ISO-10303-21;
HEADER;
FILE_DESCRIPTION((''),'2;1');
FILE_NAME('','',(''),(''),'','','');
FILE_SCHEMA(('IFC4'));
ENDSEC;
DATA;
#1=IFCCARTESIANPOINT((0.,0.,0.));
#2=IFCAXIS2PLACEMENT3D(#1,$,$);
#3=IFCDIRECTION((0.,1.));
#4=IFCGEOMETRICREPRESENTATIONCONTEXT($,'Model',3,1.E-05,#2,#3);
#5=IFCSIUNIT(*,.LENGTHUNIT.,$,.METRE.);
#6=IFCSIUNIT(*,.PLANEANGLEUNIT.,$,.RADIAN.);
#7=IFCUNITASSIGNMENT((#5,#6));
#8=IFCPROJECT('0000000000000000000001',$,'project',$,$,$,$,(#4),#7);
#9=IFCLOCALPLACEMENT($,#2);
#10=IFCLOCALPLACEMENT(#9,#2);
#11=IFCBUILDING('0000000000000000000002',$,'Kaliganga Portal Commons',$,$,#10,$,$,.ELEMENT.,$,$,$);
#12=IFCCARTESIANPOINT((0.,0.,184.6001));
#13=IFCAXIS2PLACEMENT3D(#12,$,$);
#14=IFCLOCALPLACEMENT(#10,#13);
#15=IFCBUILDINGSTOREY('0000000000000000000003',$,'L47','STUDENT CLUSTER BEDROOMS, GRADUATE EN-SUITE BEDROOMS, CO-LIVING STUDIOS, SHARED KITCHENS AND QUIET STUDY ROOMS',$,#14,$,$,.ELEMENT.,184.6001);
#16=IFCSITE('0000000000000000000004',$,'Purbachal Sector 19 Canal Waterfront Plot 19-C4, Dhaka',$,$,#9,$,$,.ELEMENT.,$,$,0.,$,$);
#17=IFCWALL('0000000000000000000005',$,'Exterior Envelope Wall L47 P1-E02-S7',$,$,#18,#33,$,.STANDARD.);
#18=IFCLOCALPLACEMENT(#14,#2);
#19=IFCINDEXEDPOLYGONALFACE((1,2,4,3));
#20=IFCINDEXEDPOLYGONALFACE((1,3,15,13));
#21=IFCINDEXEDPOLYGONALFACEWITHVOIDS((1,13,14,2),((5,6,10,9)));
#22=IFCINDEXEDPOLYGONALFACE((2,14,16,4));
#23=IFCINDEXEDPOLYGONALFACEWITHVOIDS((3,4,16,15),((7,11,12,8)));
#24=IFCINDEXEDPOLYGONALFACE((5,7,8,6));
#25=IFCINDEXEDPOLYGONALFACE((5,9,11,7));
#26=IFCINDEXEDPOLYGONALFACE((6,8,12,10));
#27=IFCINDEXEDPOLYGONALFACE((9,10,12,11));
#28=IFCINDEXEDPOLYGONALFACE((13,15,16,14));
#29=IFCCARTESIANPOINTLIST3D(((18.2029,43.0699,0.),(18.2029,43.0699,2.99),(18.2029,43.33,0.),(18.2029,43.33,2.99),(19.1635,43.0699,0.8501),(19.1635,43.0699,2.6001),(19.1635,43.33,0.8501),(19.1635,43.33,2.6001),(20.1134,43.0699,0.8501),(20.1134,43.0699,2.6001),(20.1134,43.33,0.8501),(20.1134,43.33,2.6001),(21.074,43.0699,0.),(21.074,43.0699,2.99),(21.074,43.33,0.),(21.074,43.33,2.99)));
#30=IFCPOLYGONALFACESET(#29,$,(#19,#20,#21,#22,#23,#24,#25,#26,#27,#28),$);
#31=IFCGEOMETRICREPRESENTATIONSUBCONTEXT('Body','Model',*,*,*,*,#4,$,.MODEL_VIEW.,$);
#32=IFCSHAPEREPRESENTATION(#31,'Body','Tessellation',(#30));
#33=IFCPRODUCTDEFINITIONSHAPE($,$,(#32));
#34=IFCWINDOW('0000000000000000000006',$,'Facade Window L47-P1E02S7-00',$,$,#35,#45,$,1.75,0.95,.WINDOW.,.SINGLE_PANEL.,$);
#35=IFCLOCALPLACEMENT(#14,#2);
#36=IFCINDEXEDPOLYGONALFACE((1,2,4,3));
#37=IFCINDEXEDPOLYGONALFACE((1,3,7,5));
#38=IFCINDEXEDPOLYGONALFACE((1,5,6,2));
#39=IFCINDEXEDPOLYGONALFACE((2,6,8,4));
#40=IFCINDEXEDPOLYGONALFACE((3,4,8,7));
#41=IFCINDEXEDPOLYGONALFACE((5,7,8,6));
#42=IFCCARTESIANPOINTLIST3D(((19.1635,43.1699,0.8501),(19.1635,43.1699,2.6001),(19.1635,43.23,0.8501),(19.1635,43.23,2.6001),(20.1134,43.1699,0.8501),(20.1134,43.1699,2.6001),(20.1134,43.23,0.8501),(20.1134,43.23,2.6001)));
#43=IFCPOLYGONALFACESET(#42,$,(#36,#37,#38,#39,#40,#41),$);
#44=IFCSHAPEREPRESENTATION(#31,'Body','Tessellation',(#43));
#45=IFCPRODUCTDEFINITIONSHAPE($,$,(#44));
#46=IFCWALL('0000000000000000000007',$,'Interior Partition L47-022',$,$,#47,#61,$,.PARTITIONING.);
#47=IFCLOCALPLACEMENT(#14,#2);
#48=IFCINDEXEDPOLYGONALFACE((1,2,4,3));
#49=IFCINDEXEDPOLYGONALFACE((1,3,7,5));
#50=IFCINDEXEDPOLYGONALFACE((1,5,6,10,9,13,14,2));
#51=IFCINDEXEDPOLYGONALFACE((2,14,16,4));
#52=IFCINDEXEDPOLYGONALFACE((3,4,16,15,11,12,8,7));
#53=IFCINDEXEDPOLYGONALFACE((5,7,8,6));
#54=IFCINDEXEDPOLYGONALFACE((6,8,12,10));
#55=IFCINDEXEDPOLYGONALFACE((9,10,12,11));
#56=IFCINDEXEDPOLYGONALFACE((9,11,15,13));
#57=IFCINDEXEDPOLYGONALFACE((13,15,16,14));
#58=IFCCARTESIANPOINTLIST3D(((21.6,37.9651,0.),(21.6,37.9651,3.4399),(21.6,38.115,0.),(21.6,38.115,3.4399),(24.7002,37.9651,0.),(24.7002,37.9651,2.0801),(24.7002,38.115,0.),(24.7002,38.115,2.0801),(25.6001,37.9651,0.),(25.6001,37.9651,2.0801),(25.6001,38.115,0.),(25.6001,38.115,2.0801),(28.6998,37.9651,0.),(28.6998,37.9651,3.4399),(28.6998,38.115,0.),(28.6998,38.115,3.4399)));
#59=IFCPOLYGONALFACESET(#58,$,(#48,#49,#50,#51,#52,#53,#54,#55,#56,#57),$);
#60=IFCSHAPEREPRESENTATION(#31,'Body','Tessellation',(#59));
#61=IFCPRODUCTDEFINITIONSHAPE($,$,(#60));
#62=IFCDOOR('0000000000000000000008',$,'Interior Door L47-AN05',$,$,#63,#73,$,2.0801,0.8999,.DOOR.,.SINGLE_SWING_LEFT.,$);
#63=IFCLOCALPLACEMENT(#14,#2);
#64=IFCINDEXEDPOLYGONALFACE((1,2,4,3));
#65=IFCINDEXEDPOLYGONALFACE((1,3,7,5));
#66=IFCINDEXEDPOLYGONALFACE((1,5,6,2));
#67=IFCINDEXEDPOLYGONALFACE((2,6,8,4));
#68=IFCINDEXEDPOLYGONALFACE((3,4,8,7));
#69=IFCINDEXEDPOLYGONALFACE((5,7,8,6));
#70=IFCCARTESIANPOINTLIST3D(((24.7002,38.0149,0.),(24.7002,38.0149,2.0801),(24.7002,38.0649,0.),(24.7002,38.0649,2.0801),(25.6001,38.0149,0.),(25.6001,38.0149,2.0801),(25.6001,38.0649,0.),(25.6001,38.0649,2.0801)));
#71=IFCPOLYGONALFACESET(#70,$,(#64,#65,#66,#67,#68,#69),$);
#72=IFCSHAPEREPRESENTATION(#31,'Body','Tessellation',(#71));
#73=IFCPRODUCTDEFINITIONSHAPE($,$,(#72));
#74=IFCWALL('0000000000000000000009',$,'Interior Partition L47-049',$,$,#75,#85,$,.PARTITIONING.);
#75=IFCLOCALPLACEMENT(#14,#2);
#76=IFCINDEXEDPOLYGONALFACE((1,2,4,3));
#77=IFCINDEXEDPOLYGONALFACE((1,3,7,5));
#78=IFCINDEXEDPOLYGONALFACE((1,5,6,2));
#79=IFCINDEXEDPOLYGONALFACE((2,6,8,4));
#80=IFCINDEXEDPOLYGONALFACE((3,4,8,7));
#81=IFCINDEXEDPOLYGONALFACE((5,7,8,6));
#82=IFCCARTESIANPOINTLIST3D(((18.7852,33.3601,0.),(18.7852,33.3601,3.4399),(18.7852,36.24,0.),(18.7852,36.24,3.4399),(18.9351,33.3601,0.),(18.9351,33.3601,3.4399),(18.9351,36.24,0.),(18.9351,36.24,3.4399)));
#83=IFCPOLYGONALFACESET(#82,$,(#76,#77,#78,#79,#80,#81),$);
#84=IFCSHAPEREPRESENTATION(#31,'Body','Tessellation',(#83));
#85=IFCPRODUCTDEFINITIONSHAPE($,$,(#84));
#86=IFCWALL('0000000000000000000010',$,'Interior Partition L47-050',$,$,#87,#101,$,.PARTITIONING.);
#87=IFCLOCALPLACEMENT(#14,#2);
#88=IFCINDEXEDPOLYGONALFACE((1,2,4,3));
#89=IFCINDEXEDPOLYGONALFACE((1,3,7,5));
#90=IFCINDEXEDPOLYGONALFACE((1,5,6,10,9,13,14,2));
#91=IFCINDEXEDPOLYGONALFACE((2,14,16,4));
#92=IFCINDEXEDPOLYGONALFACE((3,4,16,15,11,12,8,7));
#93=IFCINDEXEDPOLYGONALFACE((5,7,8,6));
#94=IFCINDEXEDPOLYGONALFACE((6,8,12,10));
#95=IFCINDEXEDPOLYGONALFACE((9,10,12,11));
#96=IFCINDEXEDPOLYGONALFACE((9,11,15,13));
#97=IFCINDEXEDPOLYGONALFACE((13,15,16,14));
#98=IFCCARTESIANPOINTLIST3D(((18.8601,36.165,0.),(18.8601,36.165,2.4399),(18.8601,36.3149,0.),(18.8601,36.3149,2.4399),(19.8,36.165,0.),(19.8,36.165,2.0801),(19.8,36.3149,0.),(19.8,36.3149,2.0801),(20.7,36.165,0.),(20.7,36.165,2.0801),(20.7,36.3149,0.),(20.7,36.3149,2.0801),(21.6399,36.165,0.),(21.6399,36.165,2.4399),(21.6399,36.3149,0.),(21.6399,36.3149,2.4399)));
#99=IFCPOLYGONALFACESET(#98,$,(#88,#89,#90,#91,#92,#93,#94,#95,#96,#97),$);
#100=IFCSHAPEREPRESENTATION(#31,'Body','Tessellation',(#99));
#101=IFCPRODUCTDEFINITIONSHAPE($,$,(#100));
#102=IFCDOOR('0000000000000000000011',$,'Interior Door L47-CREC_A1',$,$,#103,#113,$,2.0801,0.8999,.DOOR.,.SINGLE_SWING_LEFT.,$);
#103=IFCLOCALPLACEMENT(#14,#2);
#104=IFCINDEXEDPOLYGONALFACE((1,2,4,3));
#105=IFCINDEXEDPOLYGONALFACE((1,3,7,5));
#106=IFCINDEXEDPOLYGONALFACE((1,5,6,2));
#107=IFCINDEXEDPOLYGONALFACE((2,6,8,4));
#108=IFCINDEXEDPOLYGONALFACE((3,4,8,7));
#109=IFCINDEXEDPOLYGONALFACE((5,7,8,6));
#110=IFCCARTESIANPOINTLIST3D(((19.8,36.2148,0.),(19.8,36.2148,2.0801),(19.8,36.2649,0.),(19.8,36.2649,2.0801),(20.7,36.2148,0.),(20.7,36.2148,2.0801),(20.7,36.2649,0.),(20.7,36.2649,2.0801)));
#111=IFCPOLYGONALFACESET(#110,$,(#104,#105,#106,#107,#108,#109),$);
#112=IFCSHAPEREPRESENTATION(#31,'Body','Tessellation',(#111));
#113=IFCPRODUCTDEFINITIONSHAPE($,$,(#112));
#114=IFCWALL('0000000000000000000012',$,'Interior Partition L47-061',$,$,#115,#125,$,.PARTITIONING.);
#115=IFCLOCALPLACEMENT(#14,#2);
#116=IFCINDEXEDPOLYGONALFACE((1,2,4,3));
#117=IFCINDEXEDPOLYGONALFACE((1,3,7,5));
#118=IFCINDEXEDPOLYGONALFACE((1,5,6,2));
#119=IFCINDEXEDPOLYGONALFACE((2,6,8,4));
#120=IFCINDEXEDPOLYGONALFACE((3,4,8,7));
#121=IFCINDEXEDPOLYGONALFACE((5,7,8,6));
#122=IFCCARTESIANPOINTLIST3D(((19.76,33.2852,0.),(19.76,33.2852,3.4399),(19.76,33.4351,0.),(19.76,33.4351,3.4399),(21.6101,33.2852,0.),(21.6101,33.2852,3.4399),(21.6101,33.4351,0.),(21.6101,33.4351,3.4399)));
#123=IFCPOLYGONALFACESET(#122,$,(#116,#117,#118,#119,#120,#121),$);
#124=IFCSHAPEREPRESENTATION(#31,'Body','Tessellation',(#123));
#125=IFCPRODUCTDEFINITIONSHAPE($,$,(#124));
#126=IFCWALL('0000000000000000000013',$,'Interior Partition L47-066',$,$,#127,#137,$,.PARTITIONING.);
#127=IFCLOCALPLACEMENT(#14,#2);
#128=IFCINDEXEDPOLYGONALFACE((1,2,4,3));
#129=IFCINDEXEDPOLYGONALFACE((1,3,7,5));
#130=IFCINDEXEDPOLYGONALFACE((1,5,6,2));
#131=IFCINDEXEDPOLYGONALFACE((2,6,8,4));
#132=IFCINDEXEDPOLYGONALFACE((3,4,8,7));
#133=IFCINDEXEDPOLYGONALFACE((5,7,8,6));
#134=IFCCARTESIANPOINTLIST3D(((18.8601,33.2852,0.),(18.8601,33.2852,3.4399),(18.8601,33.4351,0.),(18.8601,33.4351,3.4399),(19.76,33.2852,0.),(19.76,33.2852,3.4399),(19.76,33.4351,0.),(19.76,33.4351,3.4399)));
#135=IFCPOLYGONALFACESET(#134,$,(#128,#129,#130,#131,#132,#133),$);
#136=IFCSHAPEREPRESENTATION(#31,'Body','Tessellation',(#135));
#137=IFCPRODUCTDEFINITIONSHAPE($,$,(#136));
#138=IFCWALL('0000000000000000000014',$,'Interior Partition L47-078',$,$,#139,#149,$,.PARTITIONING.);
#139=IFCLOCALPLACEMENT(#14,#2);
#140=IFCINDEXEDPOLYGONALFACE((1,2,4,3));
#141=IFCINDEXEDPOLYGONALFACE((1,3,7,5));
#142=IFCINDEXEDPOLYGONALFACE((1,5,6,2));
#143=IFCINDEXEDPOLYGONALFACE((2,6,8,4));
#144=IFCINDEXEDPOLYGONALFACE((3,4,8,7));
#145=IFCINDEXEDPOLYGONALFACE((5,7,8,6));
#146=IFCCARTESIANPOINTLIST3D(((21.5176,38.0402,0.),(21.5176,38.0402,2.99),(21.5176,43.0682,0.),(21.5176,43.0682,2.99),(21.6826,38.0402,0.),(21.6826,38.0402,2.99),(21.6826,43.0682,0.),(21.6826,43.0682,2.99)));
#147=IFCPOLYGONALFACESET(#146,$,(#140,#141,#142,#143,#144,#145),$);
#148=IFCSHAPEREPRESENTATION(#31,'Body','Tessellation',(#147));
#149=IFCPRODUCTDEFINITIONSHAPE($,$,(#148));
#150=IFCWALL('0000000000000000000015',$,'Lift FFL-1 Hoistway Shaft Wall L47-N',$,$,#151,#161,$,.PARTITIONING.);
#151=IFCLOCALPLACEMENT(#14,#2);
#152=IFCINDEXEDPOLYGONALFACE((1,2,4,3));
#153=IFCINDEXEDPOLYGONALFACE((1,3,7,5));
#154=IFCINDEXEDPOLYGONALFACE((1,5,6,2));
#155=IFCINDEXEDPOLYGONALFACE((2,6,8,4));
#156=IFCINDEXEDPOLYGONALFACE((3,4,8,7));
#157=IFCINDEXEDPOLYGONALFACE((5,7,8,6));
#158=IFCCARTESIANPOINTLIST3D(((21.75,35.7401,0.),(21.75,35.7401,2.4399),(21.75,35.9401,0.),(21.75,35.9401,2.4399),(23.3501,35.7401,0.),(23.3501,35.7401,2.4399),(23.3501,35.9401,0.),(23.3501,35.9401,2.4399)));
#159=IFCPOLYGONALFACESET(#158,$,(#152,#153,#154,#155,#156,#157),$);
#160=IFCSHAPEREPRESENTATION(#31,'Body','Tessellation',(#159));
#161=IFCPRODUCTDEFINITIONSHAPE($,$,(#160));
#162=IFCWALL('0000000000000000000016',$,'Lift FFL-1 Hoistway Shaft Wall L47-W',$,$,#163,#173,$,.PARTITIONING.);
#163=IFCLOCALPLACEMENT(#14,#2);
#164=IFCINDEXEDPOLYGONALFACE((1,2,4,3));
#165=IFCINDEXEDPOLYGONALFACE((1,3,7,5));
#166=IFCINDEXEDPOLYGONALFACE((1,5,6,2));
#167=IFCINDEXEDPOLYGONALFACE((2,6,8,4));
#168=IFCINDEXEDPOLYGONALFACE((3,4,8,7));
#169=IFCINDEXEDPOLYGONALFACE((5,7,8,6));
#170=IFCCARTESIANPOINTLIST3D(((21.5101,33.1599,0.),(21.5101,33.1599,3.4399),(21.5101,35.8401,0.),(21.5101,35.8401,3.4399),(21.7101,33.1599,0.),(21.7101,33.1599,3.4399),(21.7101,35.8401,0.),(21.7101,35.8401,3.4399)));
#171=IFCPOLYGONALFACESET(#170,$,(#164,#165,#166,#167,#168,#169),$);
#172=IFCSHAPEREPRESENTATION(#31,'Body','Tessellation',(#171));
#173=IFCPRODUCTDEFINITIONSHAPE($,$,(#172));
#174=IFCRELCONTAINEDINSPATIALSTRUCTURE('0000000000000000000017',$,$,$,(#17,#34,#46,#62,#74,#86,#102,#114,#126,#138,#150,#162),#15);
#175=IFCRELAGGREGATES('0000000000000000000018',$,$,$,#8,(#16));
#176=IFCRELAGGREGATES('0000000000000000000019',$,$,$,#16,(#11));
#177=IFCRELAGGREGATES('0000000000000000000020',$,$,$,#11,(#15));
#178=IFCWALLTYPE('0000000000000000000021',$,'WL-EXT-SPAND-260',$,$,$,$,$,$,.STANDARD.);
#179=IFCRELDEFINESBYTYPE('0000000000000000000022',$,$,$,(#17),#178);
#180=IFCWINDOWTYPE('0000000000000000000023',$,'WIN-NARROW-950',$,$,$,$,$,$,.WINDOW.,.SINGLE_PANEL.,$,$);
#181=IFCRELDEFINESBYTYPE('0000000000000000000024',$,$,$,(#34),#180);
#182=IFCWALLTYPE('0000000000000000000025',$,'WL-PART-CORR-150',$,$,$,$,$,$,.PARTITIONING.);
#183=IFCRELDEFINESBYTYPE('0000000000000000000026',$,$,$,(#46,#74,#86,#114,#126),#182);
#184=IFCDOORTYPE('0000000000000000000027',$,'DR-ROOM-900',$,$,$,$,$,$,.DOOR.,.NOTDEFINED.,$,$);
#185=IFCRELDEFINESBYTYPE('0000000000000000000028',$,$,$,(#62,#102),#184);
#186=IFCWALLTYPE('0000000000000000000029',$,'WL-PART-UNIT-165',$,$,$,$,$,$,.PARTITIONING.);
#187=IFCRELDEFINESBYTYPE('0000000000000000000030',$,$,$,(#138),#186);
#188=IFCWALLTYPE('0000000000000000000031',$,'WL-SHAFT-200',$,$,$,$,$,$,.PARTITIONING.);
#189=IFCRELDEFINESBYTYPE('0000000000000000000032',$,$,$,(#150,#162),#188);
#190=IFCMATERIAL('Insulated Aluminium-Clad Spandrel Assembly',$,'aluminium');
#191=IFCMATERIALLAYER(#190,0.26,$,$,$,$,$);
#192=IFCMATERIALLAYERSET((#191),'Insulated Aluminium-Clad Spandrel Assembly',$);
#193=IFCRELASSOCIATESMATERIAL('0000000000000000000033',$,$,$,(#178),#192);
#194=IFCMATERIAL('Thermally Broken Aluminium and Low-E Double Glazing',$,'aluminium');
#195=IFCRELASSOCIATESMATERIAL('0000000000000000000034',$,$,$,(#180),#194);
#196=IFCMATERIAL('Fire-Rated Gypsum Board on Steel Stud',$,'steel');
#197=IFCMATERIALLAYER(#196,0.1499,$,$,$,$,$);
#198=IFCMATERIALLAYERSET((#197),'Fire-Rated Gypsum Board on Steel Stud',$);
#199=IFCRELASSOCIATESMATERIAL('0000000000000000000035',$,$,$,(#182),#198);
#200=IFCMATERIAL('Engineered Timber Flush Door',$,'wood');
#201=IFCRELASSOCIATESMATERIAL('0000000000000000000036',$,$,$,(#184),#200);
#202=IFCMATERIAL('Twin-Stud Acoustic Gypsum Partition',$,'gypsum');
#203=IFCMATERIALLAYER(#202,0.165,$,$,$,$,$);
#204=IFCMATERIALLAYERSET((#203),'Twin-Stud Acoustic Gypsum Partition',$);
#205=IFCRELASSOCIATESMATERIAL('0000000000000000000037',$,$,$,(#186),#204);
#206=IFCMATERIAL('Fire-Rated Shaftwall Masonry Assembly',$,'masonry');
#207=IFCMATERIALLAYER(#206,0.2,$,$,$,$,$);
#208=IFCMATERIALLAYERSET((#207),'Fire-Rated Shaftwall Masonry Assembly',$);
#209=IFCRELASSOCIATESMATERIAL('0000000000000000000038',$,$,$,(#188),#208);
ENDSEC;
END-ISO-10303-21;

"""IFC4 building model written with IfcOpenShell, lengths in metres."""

from ifc_helpers import new_model, si_unit, direction, frame, frame_2d, origin, place, context, subcontext, project, spatial, rectangle, extrude, material, layer, layer_set, type_object, element, fill, save


model = new_model("IFC4")

# Units and contexts
model_context = context("Model", 3, precision=1e-05, world=origin(), true_north=direction((0.0, 1.0)))
body_context = subcontext(model_context, "Body", "Model", "MODEL_VIEW")
ifc_project = project(units=[si_unit("LENGTHUNIT", "METRE"), si_unit("PLANEANGLEUNIT", "RADIAN")], contexts=[model_context])

# Site, building, storey
site_placement = place(None, origin())
site = spatial("IfcSite", under=ifc_project, at=site_placement, Name="Purbachal Sector 19 Canal Waterfront Plot 19-C4, Dhaka", CompositionType="ELEMENT", RefElevation=0.0)
building_placement = place(site_placement, origin())
building = spatial("IfcBuilding", under=site, at=building_placement, Name="Kaliganga Portal Commons", CompositionType="ELEMENT")
storey_placement = place(building_placement, frame((0.0, 0.0, 184.6001)))
storey = spatial("IfcBuildingStorey", under=building, at=storey_placement, Name="L47", Description="STUDENT CLUSTER BEDROOMS, GRADUATE EN-SUITE BEDROOMS, CO-LIVING STUDIOS, SHARED KITCHENS AND QUIET STUDY ROOMS", CompositionType="ELEMENT", Elevation=184.6001)

# Wall, opening, window
ifc_material_1 = material(Name="Insulated Aluminium-Clad Spandrel Assembly", Category="aluminium")
ifc_layer_1 = layer(ifc_material_1, 0.26)
ifc_layer_set_1 = layer_set([ifc_layer_1], Name="Insulated Aluminium-Clad Spandrel Assembly")
wall_type_1 = type_object("IfcWallType", Name="WL-EXT-SPAND-260", PredefinedType="STANDARD", material=ifc_layer_set_1)
ifc_material_2 = material(Name="Thermally Broken Aluminium and Low-E Double Glazing", Category="aluminium")
window_type = type_object("IfcWindowType", Name="WIN-NARROW-950", PartitioningType="SINGLE_PANEL", PredefinedType="WINDOW", material=ifc_material_2)
wall_1_placement = place(storey_placement, frame((18.2029, 43.2, 0.0), z_axis=(0.0, 0.0, 1.0), x_axis=(1.0, 0.0, 0.0)))
wall_1 = element("IfcWall", 1, at=wall_1_placement, inside=storey, type_object=wall_type_1, Name="Exterior Envelope Wall L47 P1-E02-S7", PredefinedType="STANDARD", context=body_context, shape_type="SweptSolid", body=[
    extrude(rectangle(XDim=2.8711, YDim=0.26, at=frame_2d((1.4355, 0.0))), origin(), (0.0, 0.0, 1.0), 2.99),
])
opening_1_placement = place(wall_1_placement, frame((0.9604, 0.0, 0.8501)))
opening_1 = element("IfcOpeningElement", 2, at=opening_1_placement, cuts=wall_1, PredefinedType="OPENING", context=body_context, shape_type="SweptSolid", body=[
    extrude(rectangle(XDim=0.95, YDim=1.75, at=frame_2d((0.4751, 0.875))), frame((0.0, 0.1401, 0.0), z_axis=(0.0, -1.0, 0.0), x_axis=(1.0, 0.0, 0.0)), (0.0, 0.0, 1.0), 0.28),
])
window_1_placement = place(opening_1_placement, origin())
window_1 = element("IfcWindow", 3, at=window_1_placement, inside=storey, type_object=window_type, Name="Facade Window L47-P1E02S7-00", OverallHeight=1.75, OverallWidth=0.95, PartitioningType="SINGLE_PANEL", PredefinedType="WINDOW", context=body_context, shape_type="SweptSolid", body=[
    extrude(rectangle(XDim=0.95, YDim=1.75, at=frame_2d((0.4751, 0.875))), frame((0.0, 0.03, 0.0), z_axis=(0.0, -1.0, 0.0), x_axis=(1.0, 0.0, 0.0)), (0.0, 0.0, 1.0), 0.0601),
])
fill(opening_1, window_1)

# Wall, opening, door
ifc_material_3 = material(Name="Fire-Rated Gypsum Board on Steel Stud", Category="steel")
ifc_layer_2 = layer(ifc_material_3, 0.1499)
ifc_layer_set_2 = layer_set([ifc_layer_2], Name="Fire-Rated Gypsum Board on Steel Stud")
wall_type_2 = type_object("IfcWallType", Name="WL-PART-CORR-150", PredefinedType="PARTITIONING", material=ifc_layer_set_2)
wall_2_placement = place(storey_placement, frame((21.6001, 38.04, 0.0), z_axis=(0.0, 0.0, 1.0), x_axis=(1.0, 0.0, 0.0)))
wall_2 = element("IfcWall", 4, at=wall_2_placement, inside=storey, type_object=wall_type_2, Name="Interior Partition L47-022", PredefinedType="PARTITIONING", context=body_context, shape_type="SweptSolid", body=[
    extrude(rectangle(XDim=7.0999, YDim=0.1499, at=frame_2d((3.5498, 0.0))), origin(), (0.0, 0.0, 1.0), 3.4399),
])
opening_2_placement = place(wall_2_placement, frame((3.1001, 0.0, 0.0)))
opening_2 = element("IfcOpeningElement", 5, at=opening_2_placement, cuts=wall_2, PredefinedType="OPENING", context=body_context, shape_type="SweptSolid", body=[
    extrude(rectangle(XDim=0.8999, YDim=2.0801, at=frame_2d((0.45, 1.04))), frame((0.0, 0.085, 0.0), z_axis=(0.0, -1.0, 0.0), x_axis=(1.0, 0.0, 0.0)), (0.0, 0.0, 1.0), 0.1699),
])
ifc_material_4 = material(Name="Engineered Timber Flush Door", Category="wood")
door_type_1 = type_object("IfcDoorType", Name="DR-ROOM-900", OperationType="NOTDEFINED", PredefinedType="DOOR", material=ifc_material_4)
door_1_placement = place(opening_2_placement, origin())
door_1 = element("IfcDoor", 6, at=door_1_placement, inside=storey, type_object=door_type_1, Name="Interior Door L47-AN05", OperationType="SINGLE_SWING_LEFT", OverallHeight=2.0801, OverallWidth=0.8999, PredefinedType="DOOR", context=body_context, shape_type="SweptSolid", body=[
    extrude(rectangle(XDim=0.8999, YDim=2.0801, at=frame_2d((0.45, 1.04))), frame((0.0, 0.0249, 0.0), z_axis=(0.0, -1.0, 0.0), x_axis=(1.0, 0.0, 0.0)), (0.0, 0.0, 1.0), 0.05),
])
fill(opening_2, door_1)

# Wall
wall_3_placement = place(storey_placement, frame((18.8601, 33.3601, 0.0), z_axis=(0.0, 0.0, 1.0), x_axis=(0.0, 1.0, 0.0)))
element("IfcWall", 7, at=wall_3_placement, inside=storey, type_object=wall_type_2, Name="Interior Partition L47-049", PredefinedType="PARTITIONING", context=body_context, shape_type="SweptSolid", body=[
    extrude(rectangle(XDim=2.8799, YDim=0.1499, at=frame_2d((1.4399, 0.0))), origin(), (0.0, 0.0, 1.0), 3.4399),
])

# Wall, opening, door
wall_4_placement = place(storey_placement, frame((18.8601, 36.24, 0.0), z_axis=(0.0, 0.0, 1.0), x_axis=(1.0, 0.0, 0.0)))
wall_4 = element("IfcWall", 8, at=wall_4_placement, inside=storey, type_object=wall_type_2, Name="Interior Partition L47-050", PredefinedType="PARTITIONING", context=body_context, shape_type="SweptSolid", body=[
    extrude(rectangle(XDim=2.7798, YDim=0.1499, at=frame_2d((1.3899, 0.0))), origin(), (0.0, 0.0, 1.0), 2.4399),
])
opening_3_placement = place(wall_4_placement, frame((0.9399, 0.0, 0.0)))
opening_3 = element("IfcOpeningElement", 9, at=opening_3_placement, cuts=wall_4, PredefinedType="OPENING", context=body_context, shape_type="SweptSolid", body=[
    extrude(rectangle(XDim=0.8999, YDim=2.0801, at=frame_2d((0.45, 1.04))), frame((0.0, 0.085, 0.0), z_axis=(0.0, -1.0, 0.0), x_axis=(1.0, 0.0, 0.0)), (0.0, 0.0, 1.0), 0.1699),
])
door_2_placement = place(opening_3_placement, origin())
door_2 = element("IfcDoor", 10, at=door_2_placement, inside=storey, type_object=door_type_1, Name="Interior Door L47-CREC_A1", OperationType="SINGLE_SWING_LEFT", OverallHeight=2.0801, OverallWidth=0.8999, PredefinedType="DOOR", context=body_context, shape_type="SweptSolid", body=[
    extrude(rectangle(XDim=0.8999, YDim=2.0801, at=frame_2d((0.45, 1.04))), frame((0.0, 0.0249, 0.0), z_axis=(0.0, -1.0, 0.0), x_axis=(1.0, 0.0, 0.0)), (0.0, 0.0, 1.0), 0.05),
])
fill(opening_3, door_2)

# Walls
wall_5_placement = place(storey_placement, frame((19.76, 33.3601, 0.0), z_axis=(0.0, 0.0, 1.0), x_axis=(1.0, 0.0, 0.0)))
element("IfcWall", 11, at=wall_5_placement, inside=storey, type_object=wall_type_2, Name="Interior Partition L47-061", PredefinedType="PARTITIONING", context=body_context, shape_type="SweptSolid", body=[
    extrude(rectangle(XDim=1.8501, YDim=0.1499, at=frame_2d((0.925, 0.0))), origin(), (0.0, 0.0, 1.0), 3.4399),
])
wall_6_placement = place(storey_placement, frame((18.8601, 33.3601, 0.0), z_axis=(0.0, 0.0, 1.0), x_axis=(1.0, 0.0, 0.0)))
element("IfcWall", 12, at=wall_6_placement, inside=storey, type_object=wall_type_2, Name="Interior Partition L47-066", PredefinedType="PARTITIONING", context=body_context, shape_type="SweptSolid", body=[
    extrude(rectangle(XDim=0.8999, YDim=0.1499, at=frame_2d((0.45, 0.0))), origin(), (0.0, 0.0, 1.0), 3.4399),
])
ifc_material_5 = material(Name="Twin-Stud Acoustic Gypsum Partition", Category="gypsum")
ifc_layer_3 = layer(ifc_material_5, 0.165)
ifc_layer_set_3 = layer_set([ifc_layer_3], Name="Twin-Stud Acoustic Gypsum Partition")
wall_type_3 = type_object("IfcWallType", Name="WL-PART-UNIT-165", PredefinedType="PARTITIONING", material=ifc_layer_set_3)
wall_7_placement = place(storey_placement, frame((21.6001, 38.04, 0.0), z_axis=(0.0, 0.0, 1.0), x_axis=(0.0, 1.0, 0.0)))
element("IfcWall", 13, at=wall_7_placement, inside=storey, type_object=wall_type_3, Name="Interior Partition L47-078", PredefinedType="PARTITIONING", context=body_context, shape_type="SweptSolid", body=[
    extrude(rectangle(XDim=5.0281, YDim=0.165, at=frame_2d((2.5142, 0.0))), origin(), (0.0, 0.0, 1.0), 2.99),
])

# Shared definitions
ifc_material_6 = material(Name="Fire-Rated Shaftwall Masonry Assembly", Category="masonry")
ifc_layer_4 = layer(ifc_material_6, 0.2)
ifc_layer_set_4 = layer_set([ifc_layer_4], Name="Fire-Rated Shaftwall Masonry Assembly")
wall_type_4 = type_object("IfcWallType", Name="WL-SHAFT-200", PredefinedType="PARTITIONING", material=ifc_layer_set_4)

# Walls
wall_8_placement = place(storey_placement, frame((21.75, 35.8401, 0.0), z_axis=(0.0, 0.0, 1.0), x_axis=(1.0, 0.0, 0.0)))
element("IfcWall", 14, at=wall_8_placement, inside=storey, type_object=wall_type_4, Name="Lift FFL-1 Hoistway Shaft Wall L47-N", PredefinedType="PARTITIONING", context=body_context, shape_type="SweptSolid", body=[
    extrude(rectangle(XDim=1.6001, YDim=0.2, at=frame_2d((0.8, 0.0))), origin(), (0.0, 0.0, 1.0), 2.4399),
])
for number, where, z_axis, x_axis, name in (
    (15, (21.6101, 33.1599, 0.0), (0.0, 0.0, 1.0), (0.0, 1.0, 0.0), "Lift FFL-1 Hoistway Shaft Wall L47-W"),
):
    element("IfcWall", number, at=place(storey_placement, frame(where, z_axis=z_axis, x_axis=x_axis)), inside=storey, type_object=wall_type_4, Name=name, PredefinedType="PARTITIONING", context=body_context, shape_type="SweptSolid", body=[
        extrude(rectangle(XDim=2.6802, YDim=0.2, at=frame_2d((1.3401, 0.0))), origin(), (0.0, 0.0, 1.0), 3.4399),
    ])

save(model, "model.ifc")
